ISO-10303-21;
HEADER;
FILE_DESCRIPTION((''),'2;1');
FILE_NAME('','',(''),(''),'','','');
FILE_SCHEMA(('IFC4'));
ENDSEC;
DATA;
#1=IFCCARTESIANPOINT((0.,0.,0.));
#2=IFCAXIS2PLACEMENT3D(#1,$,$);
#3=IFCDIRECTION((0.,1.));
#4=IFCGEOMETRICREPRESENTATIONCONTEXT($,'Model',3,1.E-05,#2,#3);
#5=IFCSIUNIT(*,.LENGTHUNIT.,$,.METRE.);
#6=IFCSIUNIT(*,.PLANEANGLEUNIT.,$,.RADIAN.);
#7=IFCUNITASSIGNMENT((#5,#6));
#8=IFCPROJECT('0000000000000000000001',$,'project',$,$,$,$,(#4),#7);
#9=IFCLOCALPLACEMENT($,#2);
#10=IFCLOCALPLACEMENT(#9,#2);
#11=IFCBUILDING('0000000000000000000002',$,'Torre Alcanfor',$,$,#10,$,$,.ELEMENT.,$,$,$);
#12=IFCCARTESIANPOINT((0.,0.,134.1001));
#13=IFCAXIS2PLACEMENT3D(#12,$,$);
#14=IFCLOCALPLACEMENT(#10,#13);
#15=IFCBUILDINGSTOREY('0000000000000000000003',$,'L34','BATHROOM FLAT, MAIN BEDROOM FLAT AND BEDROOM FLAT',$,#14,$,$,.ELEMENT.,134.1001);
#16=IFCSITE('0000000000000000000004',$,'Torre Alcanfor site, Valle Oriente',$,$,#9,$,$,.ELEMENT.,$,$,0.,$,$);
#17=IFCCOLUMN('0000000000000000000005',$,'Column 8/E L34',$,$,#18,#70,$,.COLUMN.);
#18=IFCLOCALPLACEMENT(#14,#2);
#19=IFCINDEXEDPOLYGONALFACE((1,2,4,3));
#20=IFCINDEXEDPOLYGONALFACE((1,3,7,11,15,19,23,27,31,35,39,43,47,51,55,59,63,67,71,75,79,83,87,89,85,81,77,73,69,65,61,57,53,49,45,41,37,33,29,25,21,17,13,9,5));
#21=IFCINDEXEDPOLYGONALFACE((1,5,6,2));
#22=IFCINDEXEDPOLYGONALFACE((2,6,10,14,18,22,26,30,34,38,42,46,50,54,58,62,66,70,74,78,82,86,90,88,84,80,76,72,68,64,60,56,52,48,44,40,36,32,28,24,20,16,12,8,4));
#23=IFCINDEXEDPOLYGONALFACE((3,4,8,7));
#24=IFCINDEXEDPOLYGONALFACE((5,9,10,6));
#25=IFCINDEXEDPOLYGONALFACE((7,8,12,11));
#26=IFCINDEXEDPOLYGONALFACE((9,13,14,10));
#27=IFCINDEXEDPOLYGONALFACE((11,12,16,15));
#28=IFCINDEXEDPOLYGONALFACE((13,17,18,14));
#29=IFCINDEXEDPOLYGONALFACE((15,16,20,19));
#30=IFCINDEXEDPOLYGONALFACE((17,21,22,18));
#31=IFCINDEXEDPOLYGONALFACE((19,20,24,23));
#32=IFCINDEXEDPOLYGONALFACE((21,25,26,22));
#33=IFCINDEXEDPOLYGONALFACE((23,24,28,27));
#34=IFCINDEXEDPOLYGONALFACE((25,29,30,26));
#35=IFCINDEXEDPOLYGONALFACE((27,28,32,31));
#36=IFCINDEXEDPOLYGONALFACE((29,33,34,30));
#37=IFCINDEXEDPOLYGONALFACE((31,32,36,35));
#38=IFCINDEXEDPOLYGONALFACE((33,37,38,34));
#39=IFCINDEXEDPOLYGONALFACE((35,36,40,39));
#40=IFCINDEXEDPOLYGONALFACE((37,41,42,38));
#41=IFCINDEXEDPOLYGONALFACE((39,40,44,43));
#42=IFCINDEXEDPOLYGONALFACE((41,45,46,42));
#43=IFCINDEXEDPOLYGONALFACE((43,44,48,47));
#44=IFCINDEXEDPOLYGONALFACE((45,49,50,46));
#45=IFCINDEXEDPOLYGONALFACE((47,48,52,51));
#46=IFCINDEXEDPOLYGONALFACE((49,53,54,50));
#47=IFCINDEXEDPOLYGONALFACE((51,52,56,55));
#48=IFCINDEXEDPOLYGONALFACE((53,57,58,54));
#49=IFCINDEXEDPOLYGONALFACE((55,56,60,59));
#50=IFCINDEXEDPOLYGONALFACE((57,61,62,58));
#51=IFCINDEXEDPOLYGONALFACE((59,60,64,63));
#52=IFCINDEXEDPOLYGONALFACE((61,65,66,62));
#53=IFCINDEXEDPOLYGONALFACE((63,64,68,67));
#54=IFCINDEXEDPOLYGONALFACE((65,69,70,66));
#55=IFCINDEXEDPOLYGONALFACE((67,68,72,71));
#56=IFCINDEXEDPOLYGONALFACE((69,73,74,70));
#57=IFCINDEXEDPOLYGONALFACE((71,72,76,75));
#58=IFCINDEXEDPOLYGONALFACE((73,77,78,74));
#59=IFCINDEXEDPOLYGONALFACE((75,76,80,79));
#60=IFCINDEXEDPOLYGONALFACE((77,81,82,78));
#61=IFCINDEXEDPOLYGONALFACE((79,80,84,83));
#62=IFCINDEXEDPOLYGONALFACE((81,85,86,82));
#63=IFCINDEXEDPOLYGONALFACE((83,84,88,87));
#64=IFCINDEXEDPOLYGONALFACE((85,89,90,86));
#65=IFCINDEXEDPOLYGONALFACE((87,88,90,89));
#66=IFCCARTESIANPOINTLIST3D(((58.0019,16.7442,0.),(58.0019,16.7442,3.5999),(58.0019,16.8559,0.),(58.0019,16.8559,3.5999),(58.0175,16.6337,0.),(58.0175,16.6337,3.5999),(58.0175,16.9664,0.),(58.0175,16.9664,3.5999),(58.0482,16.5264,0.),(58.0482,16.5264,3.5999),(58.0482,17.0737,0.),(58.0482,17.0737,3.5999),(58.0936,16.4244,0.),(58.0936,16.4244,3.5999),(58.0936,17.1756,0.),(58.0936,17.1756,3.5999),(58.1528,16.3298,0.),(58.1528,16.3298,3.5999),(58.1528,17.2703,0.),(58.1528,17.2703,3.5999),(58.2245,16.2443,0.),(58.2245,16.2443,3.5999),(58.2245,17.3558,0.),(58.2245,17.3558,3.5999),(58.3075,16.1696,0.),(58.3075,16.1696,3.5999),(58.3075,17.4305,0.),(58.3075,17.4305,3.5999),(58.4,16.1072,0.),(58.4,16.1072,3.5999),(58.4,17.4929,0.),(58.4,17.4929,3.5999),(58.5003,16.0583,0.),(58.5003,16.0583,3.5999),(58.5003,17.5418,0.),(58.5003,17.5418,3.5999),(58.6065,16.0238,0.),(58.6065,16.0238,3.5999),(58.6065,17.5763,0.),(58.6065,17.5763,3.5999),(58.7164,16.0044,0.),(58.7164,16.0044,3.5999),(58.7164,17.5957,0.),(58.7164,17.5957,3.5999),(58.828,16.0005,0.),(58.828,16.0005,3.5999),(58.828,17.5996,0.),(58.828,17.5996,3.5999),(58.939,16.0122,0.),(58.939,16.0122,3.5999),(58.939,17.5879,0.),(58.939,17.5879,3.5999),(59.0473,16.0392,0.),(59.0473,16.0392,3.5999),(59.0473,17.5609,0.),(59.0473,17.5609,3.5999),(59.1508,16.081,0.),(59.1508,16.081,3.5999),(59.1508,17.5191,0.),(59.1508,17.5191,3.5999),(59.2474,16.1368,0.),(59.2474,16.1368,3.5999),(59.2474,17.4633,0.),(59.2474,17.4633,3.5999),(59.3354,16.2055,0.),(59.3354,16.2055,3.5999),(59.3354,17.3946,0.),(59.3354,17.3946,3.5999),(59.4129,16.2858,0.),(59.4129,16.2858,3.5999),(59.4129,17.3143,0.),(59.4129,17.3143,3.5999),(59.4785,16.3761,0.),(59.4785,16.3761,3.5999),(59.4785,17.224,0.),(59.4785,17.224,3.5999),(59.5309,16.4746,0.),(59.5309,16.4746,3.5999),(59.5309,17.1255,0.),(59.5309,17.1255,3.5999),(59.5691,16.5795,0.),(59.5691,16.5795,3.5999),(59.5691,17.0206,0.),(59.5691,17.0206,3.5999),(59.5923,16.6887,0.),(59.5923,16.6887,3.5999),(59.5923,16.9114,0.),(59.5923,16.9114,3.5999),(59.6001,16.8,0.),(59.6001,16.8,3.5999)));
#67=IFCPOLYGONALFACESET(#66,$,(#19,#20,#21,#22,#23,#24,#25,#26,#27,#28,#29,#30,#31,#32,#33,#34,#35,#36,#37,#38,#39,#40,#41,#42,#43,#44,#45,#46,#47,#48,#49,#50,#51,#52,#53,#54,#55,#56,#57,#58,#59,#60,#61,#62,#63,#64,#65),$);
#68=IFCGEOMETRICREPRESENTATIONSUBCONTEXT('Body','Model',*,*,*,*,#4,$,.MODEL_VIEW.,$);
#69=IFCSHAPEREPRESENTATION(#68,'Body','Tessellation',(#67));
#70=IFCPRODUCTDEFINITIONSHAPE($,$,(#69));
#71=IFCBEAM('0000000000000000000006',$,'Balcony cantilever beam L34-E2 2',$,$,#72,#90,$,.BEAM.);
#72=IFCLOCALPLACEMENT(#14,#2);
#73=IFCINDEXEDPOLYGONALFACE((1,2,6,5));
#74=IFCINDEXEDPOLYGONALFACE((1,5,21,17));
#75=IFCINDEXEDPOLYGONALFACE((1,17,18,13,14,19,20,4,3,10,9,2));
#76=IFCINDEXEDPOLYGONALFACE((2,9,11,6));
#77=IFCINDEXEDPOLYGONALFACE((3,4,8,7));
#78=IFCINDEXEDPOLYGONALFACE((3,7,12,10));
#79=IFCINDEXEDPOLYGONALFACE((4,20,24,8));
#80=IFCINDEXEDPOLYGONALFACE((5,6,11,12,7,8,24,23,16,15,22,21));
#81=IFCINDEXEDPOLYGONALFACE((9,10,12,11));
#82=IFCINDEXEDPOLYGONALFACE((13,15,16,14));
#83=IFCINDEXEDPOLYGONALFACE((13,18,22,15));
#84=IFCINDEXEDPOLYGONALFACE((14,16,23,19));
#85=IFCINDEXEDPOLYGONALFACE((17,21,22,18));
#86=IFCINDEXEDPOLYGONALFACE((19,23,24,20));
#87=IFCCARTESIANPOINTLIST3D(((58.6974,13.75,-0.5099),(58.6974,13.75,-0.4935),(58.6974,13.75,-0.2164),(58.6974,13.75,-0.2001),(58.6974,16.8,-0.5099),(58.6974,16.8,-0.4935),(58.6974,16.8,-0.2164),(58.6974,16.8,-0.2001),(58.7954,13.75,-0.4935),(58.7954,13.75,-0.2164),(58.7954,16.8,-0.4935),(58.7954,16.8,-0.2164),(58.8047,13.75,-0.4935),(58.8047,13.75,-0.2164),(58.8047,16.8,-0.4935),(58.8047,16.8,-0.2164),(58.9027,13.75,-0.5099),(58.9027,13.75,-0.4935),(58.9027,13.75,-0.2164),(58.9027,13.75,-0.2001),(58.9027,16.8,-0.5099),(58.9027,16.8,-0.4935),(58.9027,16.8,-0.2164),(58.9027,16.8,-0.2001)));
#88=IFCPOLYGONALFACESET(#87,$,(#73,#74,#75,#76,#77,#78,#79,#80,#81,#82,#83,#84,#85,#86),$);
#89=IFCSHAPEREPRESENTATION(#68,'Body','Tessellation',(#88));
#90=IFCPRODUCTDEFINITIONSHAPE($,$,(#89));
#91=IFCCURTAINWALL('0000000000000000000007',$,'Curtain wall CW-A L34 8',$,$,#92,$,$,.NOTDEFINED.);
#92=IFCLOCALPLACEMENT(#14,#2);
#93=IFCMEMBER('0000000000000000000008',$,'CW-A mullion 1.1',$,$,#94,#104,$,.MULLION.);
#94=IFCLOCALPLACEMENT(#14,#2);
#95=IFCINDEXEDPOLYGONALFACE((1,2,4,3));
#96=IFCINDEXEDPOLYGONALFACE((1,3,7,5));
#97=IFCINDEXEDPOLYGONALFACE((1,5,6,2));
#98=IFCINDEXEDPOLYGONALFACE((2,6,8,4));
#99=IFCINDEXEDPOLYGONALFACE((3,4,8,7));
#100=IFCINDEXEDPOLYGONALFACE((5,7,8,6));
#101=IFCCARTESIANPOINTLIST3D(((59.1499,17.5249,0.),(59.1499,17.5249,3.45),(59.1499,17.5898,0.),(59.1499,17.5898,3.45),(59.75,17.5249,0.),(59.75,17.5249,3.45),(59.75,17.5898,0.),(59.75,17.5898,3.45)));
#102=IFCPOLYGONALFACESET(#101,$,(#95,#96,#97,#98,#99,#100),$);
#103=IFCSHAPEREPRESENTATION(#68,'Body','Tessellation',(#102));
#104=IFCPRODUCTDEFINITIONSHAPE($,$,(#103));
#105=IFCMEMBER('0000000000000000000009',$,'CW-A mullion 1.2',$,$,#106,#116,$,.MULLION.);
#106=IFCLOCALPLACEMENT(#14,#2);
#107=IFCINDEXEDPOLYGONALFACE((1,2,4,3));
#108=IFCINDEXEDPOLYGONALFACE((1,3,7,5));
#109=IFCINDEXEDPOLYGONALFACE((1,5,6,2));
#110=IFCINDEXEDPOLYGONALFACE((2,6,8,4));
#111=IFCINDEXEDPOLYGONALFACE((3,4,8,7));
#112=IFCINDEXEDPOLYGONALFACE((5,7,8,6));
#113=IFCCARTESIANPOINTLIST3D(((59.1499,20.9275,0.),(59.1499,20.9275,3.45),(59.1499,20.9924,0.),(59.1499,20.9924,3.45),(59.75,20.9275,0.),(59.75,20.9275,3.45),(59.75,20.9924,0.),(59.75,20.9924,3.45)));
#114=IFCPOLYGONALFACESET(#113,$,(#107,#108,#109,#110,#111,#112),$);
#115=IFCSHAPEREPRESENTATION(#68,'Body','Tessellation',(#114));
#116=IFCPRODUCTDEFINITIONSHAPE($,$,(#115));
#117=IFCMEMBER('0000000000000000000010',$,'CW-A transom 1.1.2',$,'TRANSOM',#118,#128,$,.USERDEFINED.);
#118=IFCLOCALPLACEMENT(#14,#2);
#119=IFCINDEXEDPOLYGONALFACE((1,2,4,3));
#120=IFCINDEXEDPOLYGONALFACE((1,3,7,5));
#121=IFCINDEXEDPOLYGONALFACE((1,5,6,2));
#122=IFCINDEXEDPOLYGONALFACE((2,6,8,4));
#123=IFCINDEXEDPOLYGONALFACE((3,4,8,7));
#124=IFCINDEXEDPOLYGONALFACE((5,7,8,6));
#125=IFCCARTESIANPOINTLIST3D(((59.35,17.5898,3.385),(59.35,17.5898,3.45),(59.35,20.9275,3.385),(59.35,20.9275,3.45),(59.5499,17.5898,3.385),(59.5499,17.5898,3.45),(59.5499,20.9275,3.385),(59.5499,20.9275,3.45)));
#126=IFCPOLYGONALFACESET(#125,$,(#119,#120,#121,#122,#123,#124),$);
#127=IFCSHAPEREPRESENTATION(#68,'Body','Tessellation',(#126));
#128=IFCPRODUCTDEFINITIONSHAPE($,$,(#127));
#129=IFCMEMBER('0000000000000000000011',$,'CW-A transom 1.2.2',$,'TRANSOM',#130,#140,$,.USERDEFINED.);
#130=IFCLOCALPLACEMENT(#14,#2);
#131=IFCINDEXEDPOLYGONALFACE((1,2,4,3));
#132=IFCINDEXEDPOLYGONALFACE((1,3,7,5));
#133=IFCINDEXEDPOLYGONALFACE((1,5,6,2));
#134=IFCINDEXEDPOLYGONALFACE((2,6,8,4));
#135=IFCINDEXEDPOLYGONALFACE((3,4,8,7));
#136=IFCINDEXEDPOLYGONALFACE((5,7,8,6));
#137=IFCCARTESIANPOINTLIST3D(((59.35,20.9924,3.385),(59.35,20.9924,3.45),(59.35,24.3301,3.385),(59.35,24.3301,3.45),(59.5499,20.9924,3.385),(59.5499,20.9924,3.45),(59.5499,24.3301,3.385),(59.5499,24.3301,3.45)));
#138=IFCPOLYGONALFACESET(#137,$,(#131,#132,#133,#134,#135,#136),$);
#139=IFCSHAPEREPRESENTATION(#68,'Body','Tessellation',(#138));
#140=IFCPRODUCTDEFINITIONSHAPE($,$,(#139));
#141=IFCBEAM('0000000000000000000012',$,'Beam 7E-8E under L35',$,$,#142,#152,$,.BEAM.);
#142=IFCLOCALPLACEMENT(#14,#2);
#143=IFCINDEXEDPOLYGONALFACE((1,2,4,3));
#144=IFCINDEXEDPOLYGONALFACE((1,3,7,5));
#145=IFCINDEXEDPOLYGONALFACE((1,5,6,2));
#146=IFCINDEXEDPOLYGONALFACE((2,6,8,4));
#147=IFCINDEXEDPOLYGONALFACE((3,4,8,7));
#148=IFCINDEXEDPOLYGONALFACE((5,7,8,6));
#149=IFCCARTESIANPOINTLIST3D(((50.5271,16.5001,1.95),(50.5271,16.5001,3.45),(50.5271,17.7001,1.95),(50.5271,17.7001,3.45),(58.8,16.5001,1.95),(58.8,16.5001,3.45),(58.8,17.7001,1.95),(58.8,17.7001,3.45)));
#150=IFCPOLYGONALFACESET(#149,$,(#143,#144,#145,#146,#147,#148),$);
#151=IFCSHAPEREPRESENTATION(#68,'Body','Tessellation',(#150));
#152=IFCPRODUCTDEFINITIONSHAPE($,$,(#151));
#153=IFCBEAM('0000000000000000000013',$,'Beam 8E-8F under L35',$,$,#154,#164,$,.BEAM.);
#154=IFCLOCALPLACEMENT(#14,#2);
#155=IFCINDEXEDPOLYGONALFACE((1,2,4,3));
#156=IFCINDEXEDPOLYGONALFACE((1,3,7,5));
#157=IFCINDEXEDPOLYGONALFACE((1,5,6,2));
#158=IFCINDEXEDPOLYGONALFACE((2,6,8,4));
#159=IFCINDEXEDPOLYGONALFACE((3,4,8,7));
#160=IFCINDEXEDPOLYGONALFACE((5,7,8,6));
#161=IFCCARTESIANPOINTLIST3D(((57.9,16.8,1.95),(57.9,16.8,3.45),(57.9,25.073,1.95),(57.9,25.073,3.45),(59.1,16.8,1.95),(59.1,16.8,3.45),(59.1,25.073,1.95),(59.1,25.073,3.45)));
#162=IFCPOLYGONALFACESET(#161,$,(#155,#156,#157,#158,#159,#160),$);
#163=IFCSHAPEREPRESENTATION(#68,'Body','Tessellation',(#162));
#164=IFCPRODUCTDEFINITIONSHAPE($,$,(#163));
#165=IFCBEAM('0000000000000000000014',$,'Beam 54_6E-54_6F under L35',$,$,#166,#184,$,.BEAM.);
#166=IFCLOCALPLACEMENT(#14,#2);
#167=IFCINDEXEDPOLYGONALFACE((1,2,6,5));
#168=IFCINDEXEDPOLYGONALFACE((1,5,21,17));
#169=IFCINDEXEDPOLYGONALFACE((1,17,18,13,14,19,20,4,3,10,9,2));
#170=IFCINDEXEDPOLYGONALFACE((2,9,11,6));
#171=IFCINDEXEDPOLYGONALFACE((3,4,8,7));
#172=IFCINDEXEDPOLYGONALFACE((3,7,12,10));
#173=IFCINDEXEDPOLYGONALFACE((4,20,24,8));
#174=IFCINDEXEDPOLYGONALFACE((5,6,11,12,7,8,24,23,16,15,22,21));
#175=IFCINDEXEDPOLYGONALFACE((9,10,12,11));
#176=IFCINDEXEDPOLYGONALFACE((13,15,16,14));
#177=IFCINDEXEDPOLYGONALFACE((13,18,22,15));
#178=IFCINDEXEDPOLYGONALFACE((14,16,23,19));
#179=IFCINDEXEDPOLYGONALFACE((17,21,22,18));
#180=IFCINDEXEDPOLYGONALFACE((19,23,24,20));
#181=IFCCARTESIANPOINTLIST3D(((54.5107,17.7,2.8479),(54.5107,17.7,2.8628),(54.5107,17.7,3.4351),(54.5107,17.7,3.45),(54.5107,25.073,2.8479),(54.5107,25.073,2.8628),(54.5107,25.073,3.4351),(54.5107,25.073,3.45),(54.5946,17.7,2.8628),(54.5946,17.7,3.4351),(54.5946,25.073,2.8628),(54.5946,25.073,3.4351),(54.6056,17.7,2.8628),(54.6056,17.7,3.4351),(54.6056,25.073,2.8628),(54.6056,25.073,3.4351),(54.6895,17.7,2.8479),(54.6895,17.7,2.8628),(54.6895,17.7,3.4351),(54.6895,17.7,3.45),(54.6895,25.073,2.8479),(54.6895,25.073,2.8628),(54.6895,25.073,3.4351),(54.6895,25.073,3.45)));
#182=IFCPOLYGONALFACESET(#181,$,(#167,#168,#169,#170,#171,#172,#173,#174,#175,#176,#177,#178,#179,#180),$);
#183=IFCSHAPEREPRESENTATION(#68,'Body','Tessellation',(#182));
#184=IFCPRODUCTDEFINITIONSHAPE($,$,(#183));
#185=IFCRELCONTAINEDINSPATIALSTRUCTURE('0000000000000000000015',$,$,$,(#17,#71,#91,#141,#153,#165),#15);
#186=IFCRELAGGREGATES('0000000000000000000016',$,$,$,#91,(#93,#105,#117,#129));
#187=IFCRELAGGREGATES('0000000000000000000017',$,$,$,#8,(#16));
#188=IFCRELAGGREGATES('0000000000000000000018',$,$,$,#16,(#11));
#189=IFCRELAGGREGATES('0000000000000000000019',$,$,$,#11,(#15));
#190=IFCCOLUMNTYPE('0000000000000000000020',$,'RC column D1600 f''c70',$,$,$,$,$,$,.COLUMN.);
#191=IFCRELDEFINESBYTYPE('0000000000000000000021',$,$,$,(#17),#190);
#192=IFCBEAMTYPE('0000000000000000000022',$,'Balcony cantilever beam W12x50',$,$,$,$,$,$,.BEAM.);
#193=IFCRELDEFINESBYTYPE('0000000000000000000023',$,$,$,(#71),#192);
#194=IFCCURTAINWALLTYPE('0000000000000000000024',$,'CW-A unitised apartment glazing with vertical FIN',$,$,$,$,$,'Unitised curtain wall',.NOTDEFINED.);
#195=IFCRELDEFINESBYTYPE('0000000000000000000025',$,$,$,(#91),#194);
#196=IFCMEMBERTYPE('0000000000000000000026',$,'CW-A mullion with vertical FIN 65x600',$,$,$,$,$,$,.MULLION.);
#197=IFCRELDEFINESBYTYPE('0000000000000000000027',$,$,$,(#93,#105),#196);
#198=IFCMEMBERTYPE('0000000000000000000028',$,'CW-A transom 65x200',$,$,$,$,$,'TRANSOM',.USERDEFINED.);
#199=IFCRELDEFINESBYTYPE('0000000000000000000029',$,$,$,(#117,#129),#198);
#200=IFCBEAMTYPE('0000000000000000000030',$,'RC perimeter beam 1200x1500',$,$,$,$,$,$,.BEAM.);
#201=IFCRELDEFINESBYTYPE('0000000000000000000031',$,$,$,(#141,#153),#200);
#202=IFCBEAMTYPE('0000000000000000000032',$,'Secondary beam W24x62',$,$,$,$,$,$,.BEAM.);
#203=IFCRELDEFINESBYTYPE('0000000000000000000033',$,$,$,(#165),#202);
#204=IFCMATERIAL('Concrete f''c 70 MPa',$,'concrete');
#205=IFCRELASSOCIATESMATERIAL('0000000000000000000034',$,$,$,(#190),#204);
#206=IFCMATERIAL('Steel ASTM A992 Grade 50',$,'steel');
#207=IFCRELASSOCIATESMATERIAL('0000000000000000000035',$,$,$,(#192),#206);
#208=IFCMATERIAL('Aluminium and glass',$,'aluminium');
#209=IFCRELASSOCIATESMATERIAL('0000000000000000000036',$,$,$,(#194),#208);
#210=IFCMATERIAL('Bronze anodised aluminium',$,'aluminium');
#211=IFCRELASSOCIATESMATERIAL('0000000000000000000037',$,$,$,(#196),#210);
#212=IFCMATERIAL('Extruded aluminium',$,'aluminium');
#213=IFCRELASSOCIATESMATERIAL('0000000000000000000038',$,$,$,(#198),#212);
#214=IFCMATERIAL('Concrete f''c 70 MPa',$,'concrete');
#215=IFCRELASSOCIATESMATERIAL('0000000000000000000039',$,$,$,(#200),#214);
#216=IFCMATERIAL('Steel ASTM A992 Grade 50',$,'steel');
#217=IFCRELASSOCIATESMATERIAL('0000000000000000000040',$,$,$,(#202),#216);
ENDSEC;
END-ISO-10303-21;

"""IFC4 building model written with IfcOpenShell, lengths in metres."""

from ifc_helpers import new_model, si_unit, direction, frame, origin, origin_2d, place, context, subcontext, project, spatial, rectangle, circle, i_section, extrude, material, material_profile, profile_set, type_object, element, aggregate, save


model = new_model("IFC4")

# Units and contexts
model_context = context("Model", 3, precision=1e-05, world=origin(), true_north=direction((0.0, 1.0)))
body_context = subcontext(model_context, "Body", "Model", "MODEL_VIEW")
ifc_project = project(units=[si_unit("LENGTHUNIT", "METRE"), si_unit("PLANEANGLEUNIT", "RADIAN")], contexts=[model_context])

# Site, building, storey
site_placement = place(None, origin())
site = spatial("IfcSite", under=ifc_project, at=site_placement, Name="Torre Alcanfor site, Valle Oriente", CompositionType="ELEMENT", RefElevation=0.0)
building_placement = place(site_placement, origin())
building = spatial("IfcBuilding", under=site, at=building_placement, Name="Torre Alcanfor", CompositionType="ELEMENT")
storey_placement = place(building_placement, frame((0.0, 0.0, 134.1001)))
storey = spatial("IfcBuildingStorey", under=building, at=storey_placement, Name="L34", Description="BATHROOM FLAT, MAIN BEDROOM FLAT AND BEDROOM FLAT", CompositionType="ELEMENT", Elevation=134.1001)

# Column
ifc_material_1 = material(Name="Concrete f'c 70 MPa", Category="concrete")
ifc_material_profile_1 = material_profile(ifc_material_1, circle(Radius=0.8, at=origin_2d()), Name="D1600")
ifc_profile_set_1 = profile_set([ifc_material_profile_1], Name="Concrete f'c 70 MPa")
column_type = type_object("IfcColumnType", Name="RC column D1600 f'c70", PredefinedType="COLUMN", material=ifc_profile_set_1)
column_placement = place(storey_placement, frame((58.8, 16.8, 0.0), z_axis=(0.0, 0.0, 1.0), x_axis=(1.0, 0.0, 0.0)))
element("IfcColumn", 1, at=column_placement, inside=storey, type_object=column_type, Name="Column 8/E L34", PredefinedType="COLUMN", context=body_context, shape_type="SweptSolid", body=[
    extrude(circle(Radius=0.8, at=origin_2d()), origin(), (0.0, 0.0, 1.0), 3.5999),
])

# Beam
ifc_material_2 = material(Name="Steel ASTM A992 Grade 50", Category="steel")
ifc_material_profile_2 = material_profile(ifc_material_2, i_section(OverallWidth=0.2053, OverallDepth=0.3098, WebThickness=0.0093, FlangeThickness=0.0164, at=origin_2d()), Name="W12x50")
ifc_profile_set_2 = profile_set([ifc_material_profile_2], Name="Steel ASTM A992 Grade 50")
beam_type_1 = type_object("IfcBeamType", Name="Balcony cantilever beam W12x50", PredefinedType="BEAM", material=ifc_profile_set_2)
beam_1_placement = place(storey_placement, frame((58.8, 16.8, -0.355), z_axis=(0.0, -1.0, 0.0), x_axis=(1.0, 0.0, 0.0)))
element("IfcBeam", 2, at=beam_1_placement, inside=storey, type_object=beam_type_1, Name="Balcony cantilever beam L34-E2 2", PredefinedType="BEAM", context=body_context, shape_type="SweptSolid", body=[
    extrude(i_section(OverallWidth=0.2053, OverallDepth=0.3098, WebThickness=0.0093, FlangeThickness=0.0164, at=origin_2d()), origin(), (0.0, 0.0, 1.0), 3.05),
])

# Curtain wall, members
ifc_material_3 = material(Name="Aluminium and glass", Category="aluminium")
curtain_wall_type = type_object("IfcCurtainWallType", Name="CW-A unitised apartment glazing with vertical FIN", ElementType="Unitised curtain wall", PredefinedType="NOTDEFINED", material=ifc_material_3)
curtain_wall_placement = place(storey_placement, origin())
curtain_wall = element("IfcCurtainWall", 3, at=curtain_wall_placement, inside=storey, type_object=curtain_wall_type, Name="Curtain wall CW-A L34 8", PredefinedType="NOTDEFINED")
ifc_material_4 = material(Name="Bronze anodised aluminium", Category="aluminium")
ifc_material_profile_3 = material_profile(ifc_material_4, rectangle(XDim=0.6001, YDim=0.0649, at=origin_2d()), Name="CW-A mullion 65x600")
ifc_profile_set_3 = profile_set([ifc_material_profile_3], Name="Bronze anodised aluminium")
member_type_1 = type_object("IfcMemberType", Name="CW-A mullion with vertical FIN 65x600", PredefinedType="MULLION", material=ifc_profile_set_3)
member_1_placement = place(storey_placement, frame((59.45, 17.5574, 0.0), z_axis=(0.0, 0.0, 1.0), x_axis=(-1.0, 0.0, 0.0)))
member_1 = element("IfcMember", 4, at=member_1_placement, type_object=member_type_1, Name="CW-A mullion 1.1", PredefinedType="MULLION", context=body_context, shape_type="SweptSolid", body=[
    extrude(rectangle(XDim=0.6001, YDim=0.0649, at=origin_2d()), origin(), (0.0, 0.0, 1.0), 3.45),
])
member_2_placement = place(storey_placement, frame((59.45, 20.96, 0.0), z_axis=(0.0, 0.0, 1.0), x_axis=(-1.0, 0.0, 0.0)))
member_2 = element("IfcMember", 5, at=member_2_placement, type_object=member_type_1, Name="CW-A mullion 1.2", PredefinedType="MULLION", context=body_context, shape_type="SweptSolid", body=[
    extrude(rectangle(XDim=0.6001, YDim=0.0649, at=origin_2d()), origin(), (0.0, 0.0, 1.0), 3.45),
])
ifc_material_5 = material(Name="Extruded aluminium", Category="aluminium")
ifc_material_profile_4 = material_profile(ifc_material_5, rectangle(XDim=0.2, YDim=0.0649, at=origin_2d()), Name="CW-A transom 200x65")
ifc_profile_set_4 = profile_set([ifc_material_profile_4], Name="Extruded aluminium")
member_type_2 = type_object("IfcMemberType", Name="CW-A transom 65x200", ElementType="TRANSOM", PredefinedType="USERDEFINED", material=ifc_profile_set_4)
member_3_placement = place(storey_placement, frame((59.45, 17.5898, 3.4175), z_axis=(0.0, 1.0, 0.0), x_axis=(-1.0, 0.0, 0.0)))
member_3 = element("IfcMember", 6, at=member_3_placement, type_object=member_type_2, Name="CW-A transom 1.1.2", ObjectType="TRANSOM", PredefinedType="USERDEFINED", context=body_context, shape_type="SweptSolid", body=[
    extrude(rectangle(XDim=0.2, YDim=0.0649, at=origin_2d()), origin(), (0.0, 0.0, 1.0), 3.3376),
])
member_4_placement = place(storey_placement, frame((59.45, 20.9924, 3.4175), z_axis=(0.0, 1.0, 0.0), x_axis=(-1.0, 0.0, 0.0)))
member_4 = element("IfcMember", 7, at=member_4_placement, type_object=member_type_2, Name="CW-A transom 1.2.2", ObjectType="TRANSOM", PredefinedType="USERDEFINED", context=body_context, shape_type="SweptSolid", body=[
    extrude(rectangle(XDim=0.2, YDim=0.0649, at=origin_2d()), origin(), (0.0, 0.0, 1.0), 3.3376),
])

# Beams
ifc_material_6 = material(Name="Concrete f'c 70 MPa", Category="concrete")
ifc_material_profile_5 = material_profile(ifc_material_6, rectangle(XDim=1.2, YDim=1.5, at=origin_2d()), Name="1200x1500")
ifc_profile_set_5 = profile_set([ifc_material_profile_5], Name="Concrete f'c 70 MPa")
beam_type_2 = type_object("IfcBeamType", Name="RC perimeter beam 1200x1500", PredefinedType="BEAM", material=ifc_profile_set_5)
for number, where, z_axis, x_axis, name in (
    (8, (50.5271, 17.1001, 2.7), (1.0, 0.0, 0.0), (0.0, 1.0, 0.0), "Beam 7E-8E under L35"),
    (9, (58.5, 16.8, 2.7), (0.0, 1.0, 0.0), (-1.0, 0.0, 0.0), "Beam 8E-8F under L35"),
):
    element("IfcBeam", number, at=place(storey_placement, frame(where, z_axis=z_axis, x_axis=x_axis)), inside=storey, type_object=beam_type_2, Name=name, PredefinedType="BEAM", context=body_context, shape_type="SweptSolid", body=[
        extrude(rectangle(XDim=1.2, YDim=1.5, at=origin_2d()), origin(), (0.0, 0.0, 1.0), 8.2729),
    ])
ifc_material_7 = material(Name="Steel ASTM A992 Grade 50", Category="steel")
ifc_material_profile_6 = material_profile(ifc_material_7, i_section(OverallWidth=0.1787, OverallDepth=0.6021, WebThickness=0.011, FlangeThickness=0.0149, at=origin_2d()), Name="W24x62")
ifc_profile_set_6 = profile_set([ifc_material_profile_6], Name="Steel ASTM A992 Grade 50")
beam_type_3 = type_object("IfcBeamType", Name="Secondary beam W24x62", PredefinedType="BEAM", material=ifc_profile_set_6)
beam_2_placement = place(storey_placement, frame((54.6001, 17.7, 3.1489), z_axis=(0.0, 1.0, 0.0), x_axis=(-1.0, 0.0, 0.0)))
element("IfcBeam", 10, at=beam_2_placement, inside=storey, type_object=beam_type_3, Name="Beam 54_6E-54_6F under L35", PredefinedType="BEAM", context=body_context, shape_type="SweptSolid", body=[
    extrude(i_section(OverallWidth=0.1787, OverallDepth=0.6021, WebThickness=0.011, FlangeThickness=0.0149, at=origin_2d()), origin(), (0.0, 0.0, 1.0), 7.373),
])

aggregate(curtain_wall, [member_1, member_2, member_3, member_4])

save(model, "model.ifc")
